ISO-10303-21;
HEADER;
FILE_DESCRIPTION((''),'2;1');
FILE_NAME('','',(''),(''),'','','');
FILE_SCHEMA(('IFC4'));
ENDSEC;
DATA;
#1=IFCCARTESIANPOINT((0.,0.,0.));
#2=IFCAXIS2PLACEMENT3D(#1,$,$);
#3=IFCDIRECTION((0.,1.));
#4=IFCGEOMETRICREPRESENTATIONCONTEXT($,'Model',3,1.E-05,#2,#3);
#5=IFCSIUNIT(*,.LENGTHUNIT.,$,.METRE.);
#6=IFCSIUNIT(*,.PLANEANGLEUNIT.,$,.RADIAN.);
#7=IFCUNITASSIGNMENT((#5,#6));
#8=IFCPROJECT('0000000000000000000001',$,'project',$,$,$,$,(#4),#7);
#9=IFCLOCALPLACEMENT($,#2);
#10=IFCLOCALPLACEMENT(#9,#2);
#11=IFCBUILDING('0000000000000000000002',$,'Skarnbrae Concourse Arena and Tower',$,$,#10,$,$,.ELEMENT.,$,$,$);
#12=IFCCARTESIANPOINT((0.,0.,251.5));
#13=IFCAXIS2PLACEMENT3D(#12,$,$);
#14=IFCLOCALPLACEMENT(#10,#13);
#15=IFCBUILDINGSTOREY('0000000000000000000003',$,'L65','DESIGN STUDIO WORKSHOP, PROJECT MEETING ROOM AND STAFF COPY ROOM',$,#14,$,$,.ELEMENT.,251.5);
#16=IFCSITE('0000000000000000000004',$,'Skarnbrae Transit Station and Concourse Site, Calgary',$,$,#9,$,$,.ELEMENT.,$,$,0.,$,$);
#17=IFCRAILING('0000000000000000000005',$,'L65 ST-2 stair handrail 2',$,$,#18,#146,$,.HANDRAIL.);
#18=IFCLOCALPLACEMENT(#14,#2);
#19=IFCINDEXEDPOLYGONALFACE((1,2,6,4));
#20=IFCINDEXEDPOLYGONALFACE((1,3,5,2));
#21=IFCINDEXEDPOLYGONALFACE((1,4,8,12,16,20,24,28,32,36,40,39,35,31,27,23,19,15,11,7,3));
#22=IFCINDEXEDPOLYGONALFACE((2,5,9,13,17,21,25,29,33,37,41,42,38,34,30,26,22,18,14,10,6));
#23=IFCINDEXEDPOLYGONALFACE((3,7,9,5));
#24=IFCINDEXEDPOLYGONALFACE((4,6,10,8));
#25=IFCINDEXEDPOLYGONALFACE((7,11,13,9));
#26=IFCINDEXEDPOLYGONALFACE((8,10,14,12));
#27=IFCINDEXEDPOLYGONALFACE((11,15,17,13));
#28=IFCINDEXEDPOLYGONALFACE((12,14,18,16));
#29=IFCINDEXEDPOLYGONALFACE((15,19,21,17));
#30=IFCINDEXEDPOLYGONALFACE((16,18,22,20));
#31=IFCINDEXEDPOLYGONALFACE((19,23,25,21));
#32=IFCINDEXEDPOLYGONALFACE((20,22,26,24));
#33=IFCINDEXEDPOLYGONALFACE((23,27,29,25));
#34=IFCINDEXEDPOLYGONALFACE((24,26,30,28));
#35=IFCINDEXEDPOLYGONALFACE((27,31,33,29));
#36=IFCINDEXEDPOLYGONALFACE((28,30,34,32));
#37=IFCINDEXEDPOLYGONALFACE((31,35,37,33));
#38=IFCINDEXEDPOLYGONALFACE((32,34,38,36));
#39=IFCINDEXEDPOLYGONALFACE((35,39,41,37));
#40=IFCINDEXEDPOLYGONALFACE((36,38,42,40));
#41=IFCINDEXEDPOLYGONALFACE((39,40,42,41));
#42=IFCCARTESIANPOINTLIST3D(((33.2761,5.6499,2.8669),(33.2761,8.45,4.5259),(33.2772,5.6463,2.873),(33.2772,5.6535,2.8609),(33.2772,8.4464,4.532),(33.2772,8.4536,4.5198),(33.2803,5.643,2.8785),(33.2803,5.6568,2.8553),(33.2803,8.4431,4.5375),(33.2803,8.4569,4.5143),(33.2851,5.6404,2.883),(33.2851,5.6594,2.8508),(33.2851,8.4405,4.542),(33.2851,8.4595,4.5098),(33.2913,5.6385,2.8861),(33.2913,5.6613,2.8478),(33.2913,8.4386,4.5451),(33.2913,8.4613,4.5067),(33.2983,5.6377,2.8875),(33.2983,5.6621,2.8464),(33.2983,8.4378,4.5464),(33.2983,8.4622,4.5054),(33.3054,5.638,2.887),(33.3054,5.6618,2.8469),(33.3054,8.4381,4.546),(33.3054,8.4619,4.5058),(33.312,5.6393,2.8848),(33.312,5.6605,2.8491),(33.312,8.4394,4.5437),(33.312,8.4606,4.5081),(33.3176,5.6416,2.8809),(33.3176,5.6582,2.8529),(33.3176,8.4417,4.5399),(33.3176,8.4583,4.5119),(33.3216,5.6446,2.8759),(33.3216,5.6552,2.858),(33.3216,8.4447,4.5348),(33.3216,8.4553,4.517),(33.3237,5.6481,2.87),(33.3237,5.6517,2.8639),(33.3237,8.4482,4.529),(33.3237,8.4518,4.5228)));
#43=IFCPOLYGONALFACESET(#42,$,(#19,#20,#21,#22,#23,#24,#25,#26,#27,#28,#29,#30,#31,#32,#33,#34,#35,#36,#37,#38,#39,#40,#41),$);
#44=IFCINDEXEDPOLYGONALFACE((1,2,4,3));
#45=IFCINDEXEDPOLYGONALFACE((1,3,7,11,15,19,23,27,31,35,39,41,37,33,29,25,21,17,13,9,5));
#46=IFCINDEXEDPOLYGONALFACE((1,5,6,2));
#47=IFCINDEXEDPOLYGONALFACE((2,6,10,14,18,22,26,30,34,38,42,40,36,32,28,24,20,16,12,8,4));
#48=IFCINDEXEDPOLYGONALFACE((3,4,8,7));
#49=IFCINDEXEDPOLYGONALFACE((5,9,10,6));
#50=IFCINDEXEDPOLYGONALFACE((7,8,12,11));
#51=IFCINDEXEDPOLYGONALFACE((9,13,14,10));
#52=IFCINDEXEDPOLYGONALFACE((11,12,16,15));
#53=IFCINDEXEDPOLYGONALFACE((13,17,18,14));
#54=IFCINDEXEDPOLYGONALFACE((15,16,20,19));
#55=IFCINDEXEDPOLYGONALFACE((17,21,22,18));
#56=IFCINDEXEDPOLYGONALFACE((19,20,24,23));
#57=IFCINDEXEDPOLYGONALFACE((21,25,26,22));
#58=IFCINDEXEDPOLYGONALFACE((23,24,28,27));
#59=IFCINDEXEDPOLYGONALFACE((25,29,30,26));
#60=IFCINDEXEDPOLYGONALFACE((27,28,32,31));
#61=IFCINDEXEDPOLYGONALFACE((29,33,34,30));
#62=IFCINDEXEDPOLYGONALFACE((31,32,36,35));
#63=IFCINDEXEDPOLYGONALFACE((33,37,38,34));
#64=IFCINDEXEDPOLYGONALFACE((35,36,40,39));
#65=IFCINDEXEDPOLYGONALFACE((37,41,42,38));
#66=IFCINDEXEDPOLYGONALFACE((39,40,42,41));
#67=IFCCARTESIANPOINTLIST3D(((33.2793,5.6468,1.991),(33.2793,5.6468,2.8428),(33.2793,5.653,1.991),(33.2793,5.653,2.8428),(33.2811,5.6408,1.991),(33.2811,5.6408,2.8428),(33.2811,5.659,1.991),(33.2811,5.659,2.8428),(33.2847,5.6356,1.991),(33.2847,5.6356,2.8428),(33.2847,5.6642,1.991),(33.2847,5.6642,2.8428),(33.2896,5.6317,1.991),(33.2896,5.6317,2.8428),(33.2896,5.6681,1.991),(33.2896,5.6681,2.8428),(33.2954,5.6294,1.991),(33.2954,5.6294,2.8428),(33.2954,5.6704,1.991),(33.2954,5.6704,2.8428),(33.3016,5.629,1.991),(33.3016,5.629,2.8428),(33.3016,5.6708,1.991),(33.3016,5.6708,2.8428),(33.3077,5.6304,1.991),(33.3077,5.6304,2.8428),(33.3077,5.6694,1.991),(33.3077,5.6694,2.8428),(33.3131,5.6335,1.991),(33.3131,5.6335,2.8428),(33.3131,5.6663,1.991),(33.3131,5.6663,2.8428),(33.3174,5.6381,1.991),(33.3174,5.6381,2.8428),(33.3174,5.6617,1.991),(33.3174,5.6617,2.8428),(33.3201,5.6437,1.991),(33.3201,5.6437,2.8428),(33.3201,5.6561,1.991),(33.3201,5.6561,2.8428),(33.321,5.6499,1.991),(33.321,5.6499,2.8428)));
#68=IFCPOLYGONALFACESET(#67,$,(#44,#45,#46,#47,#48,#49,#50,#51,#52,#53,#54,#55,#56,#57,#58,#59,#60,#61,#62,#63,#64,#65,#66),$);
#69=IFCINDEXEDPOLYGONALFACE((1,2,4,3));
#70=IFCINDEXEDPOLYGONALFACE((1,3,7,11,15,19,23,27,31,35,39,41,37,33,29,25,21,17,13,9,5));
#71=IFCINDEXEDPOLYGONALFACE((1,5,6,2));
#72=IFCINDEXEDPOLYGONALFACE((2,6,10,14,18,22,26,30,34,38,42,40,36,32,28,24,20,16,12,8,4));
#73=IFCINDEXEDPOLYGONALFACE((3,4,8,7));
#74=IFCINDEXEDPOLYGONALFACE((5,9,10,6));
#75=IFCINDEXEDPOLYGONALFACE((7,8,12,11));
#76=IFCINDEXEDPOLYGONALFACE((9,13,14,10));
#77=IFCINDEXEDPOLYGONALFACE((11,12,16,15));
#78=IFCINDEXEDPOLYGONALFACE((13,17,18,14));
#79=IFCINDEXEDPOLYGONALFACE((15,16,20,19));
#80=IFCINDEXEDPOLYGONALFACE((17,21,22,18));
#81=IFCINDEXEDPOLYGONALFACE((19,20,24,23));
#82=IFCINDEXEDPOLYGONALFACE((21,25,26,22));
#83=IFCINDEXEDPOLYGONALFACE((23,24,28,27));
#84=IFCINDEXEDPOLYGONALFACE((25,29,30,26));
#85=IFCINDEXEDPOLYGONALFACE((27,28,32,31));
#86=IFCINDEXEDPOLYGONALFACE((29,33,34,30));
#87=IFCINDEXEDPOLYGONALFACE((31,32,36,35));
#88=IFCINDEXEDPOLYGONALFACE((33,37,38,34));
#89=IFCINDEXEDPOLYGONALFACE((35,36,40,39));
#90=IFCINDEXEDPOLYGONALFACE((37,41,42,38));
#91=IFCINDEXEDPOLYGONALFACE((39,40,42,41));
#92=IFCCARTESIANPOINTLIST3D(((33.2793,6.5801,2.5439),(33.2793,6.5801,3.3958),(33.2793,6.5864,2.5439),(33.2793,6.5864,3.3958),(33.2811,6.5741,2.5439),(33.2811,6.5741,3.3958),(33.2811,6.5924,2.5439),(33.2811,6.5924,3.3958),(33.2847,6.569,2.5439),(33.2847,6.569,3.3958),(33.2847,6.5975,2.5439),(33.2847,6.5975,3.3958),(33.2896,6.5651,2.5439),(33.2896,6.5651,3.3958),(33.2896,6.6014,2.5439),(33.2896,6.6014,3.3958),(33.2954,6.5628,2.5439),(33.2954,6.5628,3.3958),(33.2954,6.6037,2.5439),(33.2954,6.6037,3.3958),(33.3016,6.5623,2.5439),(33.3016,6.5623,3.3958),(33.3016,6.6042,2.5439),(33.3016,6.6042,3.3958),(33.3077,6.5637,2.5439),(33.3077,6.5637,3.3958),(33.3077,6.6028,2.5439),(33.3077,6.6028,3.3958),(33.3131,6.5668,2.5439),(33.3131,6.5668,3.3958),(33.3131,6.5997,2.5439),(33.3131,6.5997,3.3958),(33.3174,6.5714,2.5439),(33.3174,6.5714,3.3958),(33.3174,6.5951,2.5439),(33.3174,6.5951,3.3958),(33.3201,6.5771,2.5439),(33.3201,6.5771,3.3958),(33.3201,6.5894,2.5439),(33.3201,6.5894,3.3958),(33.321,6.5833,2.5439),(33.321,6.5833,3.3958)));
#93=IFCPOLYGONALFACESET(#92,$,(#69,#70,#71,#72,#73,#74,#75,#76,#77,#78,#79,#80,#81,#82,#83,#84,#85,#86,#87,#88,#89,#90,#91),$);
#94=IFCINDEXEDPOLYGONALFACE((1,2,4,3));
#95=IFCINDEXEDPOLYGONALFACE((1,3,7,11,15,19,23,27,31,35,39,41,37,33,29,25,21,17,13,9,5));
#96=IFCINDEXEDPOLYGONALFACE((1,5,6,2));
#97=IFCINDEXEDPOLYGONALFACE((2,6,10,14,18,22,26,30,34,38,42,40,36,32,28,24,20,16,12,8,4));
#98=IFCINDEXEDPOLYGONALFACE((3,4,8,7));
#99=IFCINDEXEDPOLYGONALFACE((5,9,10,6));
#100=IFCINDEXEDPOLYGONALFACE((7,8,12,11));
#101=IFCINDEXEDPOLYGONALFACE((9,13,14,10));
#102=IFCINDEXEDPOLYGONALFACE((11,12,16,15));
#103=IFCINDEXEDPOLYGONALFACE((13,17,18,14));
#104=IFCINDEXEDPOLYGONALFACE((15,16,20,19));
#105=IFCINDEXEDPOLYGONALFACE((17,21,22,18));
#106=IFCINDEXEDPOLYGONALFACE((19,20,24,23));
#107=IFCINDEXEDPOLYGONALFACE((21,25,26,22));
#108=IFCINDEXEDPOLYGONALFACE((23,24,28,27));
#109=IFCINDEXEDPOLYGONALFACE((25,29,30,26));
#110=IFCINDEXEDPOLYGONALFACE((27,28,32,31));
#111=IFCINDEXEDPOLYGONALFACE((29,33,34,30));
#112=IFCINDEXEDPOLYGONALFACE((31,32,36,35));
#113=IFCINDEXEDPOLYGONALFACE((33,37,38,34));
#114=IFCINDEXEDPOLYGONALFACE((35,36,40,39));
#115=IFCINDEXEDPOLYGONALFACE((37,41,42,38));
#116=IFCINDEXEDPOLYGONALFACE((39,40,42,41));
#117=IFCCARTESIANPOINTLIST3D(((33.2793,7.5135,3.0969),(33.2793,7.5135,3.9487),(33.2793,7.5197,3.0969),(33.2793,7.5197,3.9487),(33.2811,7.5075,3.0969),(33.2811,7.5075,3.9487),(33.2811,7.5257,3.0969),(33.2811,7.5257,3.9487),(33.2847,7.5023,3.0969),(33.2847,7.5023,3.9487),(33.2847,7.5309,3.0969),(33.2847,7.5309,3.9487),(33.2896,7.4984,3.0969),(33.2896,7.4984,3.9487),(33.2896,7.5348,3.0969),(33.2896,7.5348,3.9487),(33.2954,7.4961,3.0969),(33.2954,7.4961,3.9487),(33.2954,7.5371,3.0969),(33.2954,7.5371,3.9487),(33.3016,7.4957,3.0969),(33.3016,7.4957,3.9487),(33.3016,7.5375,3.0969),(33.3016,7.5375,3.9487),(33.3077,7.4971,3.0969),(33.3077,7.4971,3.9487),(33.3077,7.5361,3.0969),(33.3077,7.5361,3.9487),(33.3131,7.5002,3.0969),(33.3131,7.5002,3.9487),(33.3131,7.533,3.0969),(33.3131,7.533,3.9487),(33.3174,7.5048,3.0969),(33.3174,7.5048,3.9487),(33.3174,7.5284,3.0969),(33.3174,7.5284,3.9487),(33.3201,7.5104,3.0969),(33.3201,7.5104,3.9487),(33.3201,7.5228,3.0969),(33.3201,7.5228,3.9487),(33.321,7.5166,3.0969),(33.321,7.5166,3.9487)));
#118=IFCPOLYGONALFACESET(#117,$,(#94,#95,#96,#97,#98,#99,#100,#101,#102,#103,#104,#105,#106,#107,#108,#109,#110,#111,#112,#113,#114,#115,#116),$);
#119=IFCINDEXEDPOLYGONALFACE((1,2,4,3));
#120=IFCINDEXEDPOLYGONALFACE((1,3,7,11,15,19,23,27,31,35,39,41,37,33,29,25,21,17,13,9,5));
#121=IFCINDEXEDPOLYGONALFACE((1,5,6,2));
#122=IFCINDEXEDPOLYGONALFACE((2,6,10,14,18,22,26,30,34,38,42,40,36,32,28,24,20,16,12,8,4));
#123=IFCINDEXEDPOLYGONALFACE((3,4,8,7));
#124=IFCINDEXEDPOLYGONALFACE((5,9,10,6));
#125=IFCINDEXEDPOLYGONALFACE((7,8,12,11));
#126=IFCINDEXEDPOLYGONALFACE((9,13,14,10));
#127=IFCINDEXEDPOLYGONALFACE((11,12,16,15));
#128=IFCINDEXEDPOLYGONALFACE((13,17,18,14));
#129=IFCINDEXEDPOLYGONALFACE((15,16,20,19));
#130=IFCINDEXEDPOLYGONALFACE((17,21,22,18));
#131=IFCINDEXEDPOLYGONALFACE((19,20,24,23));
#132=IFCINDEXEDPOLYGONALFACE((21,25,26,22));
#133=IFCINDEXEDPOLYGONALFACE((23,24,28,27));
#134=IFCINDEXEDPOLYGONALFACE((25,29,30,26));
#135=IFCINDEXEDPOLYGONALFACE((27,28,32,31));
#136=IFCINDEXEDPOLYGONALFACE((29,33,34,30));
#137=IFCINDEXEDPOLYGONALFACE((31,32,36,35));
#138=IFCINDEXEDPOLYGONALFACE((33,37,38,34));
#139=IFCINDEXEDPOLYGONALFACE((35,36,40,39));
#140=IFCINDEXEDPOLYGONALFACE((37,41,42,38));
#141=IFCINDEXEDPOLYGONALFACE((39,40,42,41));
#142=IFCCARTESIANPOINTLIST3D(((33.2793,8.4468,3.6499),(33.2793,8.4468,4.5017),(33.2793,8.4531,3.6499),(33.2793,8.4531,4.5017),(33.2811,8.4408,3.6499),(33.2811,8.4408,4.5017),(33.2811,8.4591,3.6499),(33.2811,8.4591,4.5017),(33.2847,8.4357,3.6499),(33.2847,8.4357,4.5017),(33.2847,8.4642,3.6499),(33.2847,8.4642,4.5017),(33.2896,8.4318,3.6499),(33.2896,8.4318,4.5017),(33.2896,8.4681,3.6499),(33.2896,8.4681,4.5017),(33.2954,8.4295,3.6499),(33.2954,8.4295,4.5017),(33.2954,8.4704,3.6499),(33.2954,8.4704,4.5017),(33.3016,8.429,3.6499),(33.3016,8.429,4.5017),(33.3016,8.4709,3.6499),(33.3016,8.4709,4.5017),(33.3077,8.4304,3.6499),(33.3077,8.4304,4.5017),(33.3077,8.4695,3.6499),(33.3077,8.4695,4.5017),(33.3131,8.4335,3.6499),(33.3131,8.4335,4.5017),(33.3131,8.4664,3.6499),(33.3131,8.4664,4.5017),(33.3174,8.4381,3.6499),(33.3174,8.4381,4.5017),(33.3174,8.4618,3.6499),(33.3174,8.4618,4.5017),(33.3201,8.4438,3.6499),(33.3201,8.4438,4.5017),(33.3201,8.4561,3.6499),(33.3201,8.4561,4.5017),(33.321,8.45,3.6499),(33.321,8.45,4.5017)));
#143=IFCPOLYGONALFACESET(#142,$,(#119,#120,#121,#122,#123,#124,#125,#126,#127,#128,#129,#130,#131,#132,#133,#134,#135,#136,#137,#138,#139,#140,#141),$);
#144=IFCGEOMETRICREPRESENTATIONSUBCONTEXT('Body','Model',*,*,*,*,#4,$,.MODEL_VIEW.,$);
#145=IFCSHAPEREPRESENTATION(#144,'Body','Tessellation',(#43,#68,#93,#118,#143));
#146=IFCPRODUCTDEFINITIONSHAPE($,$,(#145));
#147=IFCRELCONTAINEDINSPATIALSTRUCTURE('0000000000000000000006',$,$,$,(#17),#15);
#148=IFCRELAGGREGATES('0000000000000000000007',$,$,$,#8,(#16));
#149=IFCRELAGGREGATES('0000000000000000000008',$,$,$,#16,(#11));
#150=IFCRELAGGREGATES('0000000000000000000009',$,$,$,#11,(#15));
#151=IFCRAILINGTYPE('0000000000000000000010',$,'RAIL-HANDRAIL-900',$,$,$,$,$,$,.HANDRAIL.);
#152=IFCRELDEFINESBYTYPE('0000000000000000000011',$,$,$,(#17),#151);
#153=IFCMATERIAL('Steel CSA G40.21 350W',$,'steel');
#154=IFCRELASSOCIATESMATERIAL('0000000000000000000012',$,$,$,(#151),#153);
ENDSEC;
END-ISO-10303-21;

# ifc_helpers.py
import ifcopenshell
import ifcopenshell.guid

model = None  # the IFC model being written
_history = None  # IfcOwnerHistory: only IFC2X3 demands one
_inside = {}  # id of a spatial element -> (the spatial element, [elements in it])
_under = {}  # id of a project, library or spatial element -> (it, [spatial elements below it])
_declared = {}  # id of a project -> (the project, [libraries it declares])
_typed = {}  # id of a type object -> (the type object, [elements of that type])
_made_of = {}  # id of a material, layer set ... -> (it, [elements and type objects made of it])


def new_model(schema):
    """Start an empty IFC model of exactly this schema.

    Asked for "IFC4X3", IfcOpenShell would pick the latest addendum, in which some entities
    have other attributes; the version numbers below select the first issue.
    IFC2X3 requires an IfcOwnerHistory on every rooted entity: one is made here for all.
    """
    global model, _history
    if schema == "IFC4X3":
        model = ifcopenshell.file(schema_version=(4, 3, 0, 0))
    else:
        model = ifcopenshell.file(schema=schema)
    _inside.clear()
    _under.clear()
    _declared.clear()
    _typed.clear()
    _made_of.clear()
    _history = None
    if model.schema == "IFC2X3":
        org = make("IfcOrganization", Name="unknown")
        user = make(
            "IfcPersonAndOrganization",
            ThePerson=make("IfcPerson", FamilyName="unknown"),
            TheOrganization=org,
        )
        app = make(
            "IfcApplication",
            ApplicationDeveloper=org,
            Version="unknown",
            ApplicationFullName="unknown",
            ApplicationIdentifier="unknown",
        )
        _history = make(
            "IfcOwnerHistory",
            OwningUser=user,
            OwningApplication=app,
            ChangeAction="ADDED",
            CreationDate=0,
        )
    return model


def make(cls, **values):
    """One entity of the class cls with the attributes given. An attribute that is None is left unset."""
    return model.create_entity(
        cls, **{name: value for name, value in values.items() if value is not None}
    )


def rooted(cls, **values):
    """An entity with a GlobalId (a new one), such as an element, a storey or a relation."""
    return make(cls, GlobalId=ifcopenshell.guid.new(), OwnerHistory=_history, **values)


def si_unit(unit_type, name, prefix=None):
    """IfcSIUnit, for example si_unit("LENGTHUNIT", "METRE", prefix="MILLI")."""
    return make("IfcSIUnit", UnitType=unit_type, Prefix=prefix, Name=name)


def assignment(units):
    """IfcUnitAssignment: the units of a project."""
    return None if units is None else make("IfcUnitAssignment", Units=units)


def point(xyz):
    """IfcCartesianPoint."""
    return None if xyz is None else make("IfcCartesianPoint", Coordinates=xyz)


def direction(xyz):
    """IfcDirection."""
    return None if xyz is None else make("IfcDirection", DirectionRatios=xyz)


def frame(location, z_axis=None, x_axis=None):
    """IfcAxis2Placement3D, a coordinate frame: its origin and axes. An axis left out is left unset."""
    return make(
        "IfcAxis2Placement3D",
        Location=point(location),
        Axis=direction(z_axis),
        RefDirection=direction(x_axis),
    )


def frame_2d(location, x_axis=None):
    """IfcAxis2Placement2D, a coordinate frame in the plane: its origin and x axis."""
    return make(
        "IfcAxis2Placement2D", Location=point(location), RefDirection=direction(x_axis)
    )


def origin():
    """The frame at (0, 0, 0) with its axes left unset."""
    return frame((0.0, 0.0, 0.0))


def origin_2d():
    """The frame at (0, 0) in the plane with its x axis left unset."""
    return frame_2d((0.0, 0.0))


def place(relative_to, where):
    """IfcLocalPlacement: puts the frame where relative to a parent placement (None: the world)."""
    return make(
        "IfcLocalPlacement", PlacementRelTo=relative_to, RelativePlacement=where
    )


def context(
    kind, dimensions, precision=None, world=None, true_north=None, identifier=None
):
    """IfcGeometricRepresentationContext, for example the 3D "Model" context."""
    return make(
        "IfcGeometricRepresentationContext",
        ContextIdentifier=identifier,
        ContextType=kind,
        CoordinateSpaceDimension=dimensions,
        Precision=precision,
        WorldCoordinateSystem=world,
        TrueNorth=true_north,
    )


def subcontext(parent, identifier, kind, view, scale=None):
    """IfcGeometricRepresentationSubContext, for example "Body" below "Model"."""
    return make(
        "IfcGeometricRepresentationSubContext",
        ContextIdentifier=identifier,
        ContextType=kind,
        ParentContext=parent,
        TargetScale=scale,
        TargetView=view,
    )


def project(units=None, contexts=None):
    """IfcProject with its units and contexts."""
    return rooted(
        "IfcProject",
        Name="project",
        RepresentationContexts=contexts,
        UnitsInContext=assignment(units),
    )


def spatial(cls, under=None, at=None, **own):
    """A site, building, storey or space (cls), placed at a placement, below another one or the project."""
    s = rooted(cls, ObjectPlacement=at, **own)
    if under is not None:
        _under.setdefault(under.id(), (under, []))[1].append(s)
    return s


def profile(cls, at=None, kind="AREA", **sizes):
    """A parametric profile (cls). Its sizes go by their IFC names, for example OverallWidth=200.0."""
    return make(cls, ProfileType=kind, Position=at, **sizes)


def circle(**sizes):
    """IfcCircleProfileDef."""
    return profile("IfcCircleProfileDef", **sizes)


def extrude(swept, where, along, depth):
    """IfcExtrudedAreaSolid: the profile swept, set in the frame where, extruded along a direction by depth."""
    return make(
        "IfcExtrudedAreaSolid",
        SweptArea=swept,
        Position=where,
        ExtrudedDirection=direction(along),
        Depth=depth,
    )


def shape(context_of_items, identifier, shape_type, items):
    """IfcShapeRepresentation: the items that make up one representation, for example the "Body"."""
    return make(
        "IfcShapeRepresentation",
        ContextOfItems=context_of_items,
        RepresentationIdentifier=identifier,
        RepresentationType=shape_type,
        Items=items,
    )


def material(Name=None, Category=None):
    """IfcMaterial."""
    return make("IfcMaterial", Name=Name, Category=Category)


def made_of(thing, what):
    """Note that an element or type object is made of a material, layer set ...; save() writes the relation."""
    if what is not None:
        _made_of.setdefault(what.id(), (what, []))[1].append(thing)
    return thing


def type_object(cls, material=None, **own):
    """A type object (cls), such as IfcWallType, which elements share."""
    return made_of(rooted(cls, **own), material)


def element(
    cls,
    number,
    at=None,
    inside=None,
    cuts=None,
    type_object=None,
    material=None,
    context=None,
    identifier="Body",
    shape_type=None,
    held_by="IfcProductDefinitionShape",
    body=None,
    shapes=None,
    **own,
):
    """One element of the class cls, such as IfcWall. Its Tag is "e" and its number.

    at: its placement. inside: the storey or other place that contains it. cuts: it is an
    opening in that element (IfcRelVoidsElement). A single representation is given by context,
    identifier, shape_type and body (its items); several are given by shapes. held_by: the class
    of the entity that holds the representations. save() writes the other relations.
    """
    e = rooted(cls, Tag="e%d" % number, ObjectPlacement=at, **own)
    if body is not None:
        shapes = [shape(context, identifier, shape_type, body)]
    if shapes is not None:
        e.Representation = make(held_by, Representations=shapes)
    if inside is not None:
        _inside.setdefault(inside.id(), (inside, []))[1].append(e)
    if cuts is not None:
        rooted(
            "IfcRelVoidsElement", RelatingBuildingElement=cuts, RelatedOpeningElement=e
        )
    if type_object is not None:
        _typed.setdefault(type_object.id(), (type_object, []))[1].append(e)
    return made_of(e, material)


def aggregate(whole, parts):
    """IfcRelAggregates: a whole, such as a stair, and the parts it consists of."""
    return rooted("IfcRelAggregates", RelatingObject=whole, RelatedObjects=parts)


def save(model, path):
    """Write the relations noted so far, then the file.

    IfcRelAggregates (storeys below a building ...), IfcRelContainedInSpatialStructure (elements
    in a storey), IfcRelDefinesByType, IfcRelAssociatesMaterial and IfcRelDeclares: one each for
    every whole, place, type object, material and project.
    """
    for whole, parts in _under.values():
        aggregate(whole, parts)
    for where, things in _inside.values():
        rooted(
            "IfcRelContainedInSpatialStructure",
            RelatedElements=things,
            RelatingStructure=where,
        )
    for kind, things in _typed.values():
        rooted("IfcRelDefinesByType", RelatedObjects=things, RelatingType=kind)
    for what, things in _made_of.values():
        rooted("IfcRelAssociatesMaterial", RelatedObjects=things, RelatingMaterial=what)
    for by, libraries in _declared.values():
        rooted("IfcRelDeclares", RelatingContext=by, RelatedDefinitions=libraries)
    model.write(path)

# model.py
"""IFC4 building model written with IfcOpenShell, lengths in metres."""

from ifc_helpers import new_model, si_unit, direction, frame, origin, origin_2d, place, context, subcontext, project, spatial, circle, extrude, material, type_object, element, save


model = new_model("IFC4")

# Units and contexts
model_context = context("Model", 3, precision=1e-05, world=origin(), true_north=direction((0.0, 1.0)))
body_context = subcontext(model_context, "Body", "Model", "MODEL_VIEW")
ifc_project = project(units=[si_unit("LENGTHUNIT", "METRE"), si_unit("PLANEANGLEUNIT", "RADIAN")], contexts=[model_context])

# Site, building, storey
site_placement = place(None, origin())
site = spatial("IfcSite", under=ifc_project, at=site_placement, Name="Skarnbrae Transit Station and Concourse Site, Calgary", CompositionType="ELEMENT", RefElevation=0.0)
building_placement = place(site_placement, origin())
building = spatial("IfcBuilding", under=site, at=building_placement, Name="Skarnbrae Concourse Arena and Tower", CompositionType="ELEMENT")
storey_placement = place(building_placement, frame((0.0, 0.0, 251.5)))
storey = spatial("IfcBuildingStorey", under=building, at=storey_placement, Name="L65", Description="DESIGN STUDIO WORKSHOP, PROJECT MEETING ROOM AND STAFF COPY ROOM", CompositionType="ELEMENT", Elevation=251.5)

# Shared definitions
ifc_material_1 = material(Name="Steel CSA G40.21 350W", Category="steel")

# Railing
railing_type_1 = type_object("IfcRailingType", Name="RAIL-HANDRAIL-900", PredefinedType="HANDRAIL", material=ifc_material_1)
railing_1_placement = place(storey_placement, frame((33.3, 5.6499, 1.991)))
element("IfcRailing", 1, at=railing_1_placement, inside=storey, type_object=railing_type_1, Name="L65 ST-2 stair handrail 2", PredefinedType="HANDRAIL", context=body_context, shape_type="SweptSolid", body=[
    extrude(circle(Radius=0.0239, at=origin_2d()), frame((0.0, 0.0, 0.876), z_axis=(0.0, 0.860339, 0.509722), x_axis=(-1.0, 0.0, 0.0)), (0.0, 0.0, 1.0), 3.2546),
    extrude(circle(Radius=0.021, at=origin_2d()), origin(), (0.0, 0.0, 1.0), 0.8518),
    extrude(circle(Radius=0.021, at=origin_2d()), frame((0.0, 0.9333, 0.553)), (0.0, 0.0, 1.0), 0.8518),
    extrude(circle(Radius=0.021, at=origin_2d()), frame((0.0, 1.8667, 1.106)), (0.0, 0.0, 1.0), 0.8518),
    extrude(circle(Radius=0.021, at=origin_2d()), frame((0.0, 2.8, 1.6589)), (0.0, 0.0, 1.0), 0.8518),
])

save(model, "model.ifc")
